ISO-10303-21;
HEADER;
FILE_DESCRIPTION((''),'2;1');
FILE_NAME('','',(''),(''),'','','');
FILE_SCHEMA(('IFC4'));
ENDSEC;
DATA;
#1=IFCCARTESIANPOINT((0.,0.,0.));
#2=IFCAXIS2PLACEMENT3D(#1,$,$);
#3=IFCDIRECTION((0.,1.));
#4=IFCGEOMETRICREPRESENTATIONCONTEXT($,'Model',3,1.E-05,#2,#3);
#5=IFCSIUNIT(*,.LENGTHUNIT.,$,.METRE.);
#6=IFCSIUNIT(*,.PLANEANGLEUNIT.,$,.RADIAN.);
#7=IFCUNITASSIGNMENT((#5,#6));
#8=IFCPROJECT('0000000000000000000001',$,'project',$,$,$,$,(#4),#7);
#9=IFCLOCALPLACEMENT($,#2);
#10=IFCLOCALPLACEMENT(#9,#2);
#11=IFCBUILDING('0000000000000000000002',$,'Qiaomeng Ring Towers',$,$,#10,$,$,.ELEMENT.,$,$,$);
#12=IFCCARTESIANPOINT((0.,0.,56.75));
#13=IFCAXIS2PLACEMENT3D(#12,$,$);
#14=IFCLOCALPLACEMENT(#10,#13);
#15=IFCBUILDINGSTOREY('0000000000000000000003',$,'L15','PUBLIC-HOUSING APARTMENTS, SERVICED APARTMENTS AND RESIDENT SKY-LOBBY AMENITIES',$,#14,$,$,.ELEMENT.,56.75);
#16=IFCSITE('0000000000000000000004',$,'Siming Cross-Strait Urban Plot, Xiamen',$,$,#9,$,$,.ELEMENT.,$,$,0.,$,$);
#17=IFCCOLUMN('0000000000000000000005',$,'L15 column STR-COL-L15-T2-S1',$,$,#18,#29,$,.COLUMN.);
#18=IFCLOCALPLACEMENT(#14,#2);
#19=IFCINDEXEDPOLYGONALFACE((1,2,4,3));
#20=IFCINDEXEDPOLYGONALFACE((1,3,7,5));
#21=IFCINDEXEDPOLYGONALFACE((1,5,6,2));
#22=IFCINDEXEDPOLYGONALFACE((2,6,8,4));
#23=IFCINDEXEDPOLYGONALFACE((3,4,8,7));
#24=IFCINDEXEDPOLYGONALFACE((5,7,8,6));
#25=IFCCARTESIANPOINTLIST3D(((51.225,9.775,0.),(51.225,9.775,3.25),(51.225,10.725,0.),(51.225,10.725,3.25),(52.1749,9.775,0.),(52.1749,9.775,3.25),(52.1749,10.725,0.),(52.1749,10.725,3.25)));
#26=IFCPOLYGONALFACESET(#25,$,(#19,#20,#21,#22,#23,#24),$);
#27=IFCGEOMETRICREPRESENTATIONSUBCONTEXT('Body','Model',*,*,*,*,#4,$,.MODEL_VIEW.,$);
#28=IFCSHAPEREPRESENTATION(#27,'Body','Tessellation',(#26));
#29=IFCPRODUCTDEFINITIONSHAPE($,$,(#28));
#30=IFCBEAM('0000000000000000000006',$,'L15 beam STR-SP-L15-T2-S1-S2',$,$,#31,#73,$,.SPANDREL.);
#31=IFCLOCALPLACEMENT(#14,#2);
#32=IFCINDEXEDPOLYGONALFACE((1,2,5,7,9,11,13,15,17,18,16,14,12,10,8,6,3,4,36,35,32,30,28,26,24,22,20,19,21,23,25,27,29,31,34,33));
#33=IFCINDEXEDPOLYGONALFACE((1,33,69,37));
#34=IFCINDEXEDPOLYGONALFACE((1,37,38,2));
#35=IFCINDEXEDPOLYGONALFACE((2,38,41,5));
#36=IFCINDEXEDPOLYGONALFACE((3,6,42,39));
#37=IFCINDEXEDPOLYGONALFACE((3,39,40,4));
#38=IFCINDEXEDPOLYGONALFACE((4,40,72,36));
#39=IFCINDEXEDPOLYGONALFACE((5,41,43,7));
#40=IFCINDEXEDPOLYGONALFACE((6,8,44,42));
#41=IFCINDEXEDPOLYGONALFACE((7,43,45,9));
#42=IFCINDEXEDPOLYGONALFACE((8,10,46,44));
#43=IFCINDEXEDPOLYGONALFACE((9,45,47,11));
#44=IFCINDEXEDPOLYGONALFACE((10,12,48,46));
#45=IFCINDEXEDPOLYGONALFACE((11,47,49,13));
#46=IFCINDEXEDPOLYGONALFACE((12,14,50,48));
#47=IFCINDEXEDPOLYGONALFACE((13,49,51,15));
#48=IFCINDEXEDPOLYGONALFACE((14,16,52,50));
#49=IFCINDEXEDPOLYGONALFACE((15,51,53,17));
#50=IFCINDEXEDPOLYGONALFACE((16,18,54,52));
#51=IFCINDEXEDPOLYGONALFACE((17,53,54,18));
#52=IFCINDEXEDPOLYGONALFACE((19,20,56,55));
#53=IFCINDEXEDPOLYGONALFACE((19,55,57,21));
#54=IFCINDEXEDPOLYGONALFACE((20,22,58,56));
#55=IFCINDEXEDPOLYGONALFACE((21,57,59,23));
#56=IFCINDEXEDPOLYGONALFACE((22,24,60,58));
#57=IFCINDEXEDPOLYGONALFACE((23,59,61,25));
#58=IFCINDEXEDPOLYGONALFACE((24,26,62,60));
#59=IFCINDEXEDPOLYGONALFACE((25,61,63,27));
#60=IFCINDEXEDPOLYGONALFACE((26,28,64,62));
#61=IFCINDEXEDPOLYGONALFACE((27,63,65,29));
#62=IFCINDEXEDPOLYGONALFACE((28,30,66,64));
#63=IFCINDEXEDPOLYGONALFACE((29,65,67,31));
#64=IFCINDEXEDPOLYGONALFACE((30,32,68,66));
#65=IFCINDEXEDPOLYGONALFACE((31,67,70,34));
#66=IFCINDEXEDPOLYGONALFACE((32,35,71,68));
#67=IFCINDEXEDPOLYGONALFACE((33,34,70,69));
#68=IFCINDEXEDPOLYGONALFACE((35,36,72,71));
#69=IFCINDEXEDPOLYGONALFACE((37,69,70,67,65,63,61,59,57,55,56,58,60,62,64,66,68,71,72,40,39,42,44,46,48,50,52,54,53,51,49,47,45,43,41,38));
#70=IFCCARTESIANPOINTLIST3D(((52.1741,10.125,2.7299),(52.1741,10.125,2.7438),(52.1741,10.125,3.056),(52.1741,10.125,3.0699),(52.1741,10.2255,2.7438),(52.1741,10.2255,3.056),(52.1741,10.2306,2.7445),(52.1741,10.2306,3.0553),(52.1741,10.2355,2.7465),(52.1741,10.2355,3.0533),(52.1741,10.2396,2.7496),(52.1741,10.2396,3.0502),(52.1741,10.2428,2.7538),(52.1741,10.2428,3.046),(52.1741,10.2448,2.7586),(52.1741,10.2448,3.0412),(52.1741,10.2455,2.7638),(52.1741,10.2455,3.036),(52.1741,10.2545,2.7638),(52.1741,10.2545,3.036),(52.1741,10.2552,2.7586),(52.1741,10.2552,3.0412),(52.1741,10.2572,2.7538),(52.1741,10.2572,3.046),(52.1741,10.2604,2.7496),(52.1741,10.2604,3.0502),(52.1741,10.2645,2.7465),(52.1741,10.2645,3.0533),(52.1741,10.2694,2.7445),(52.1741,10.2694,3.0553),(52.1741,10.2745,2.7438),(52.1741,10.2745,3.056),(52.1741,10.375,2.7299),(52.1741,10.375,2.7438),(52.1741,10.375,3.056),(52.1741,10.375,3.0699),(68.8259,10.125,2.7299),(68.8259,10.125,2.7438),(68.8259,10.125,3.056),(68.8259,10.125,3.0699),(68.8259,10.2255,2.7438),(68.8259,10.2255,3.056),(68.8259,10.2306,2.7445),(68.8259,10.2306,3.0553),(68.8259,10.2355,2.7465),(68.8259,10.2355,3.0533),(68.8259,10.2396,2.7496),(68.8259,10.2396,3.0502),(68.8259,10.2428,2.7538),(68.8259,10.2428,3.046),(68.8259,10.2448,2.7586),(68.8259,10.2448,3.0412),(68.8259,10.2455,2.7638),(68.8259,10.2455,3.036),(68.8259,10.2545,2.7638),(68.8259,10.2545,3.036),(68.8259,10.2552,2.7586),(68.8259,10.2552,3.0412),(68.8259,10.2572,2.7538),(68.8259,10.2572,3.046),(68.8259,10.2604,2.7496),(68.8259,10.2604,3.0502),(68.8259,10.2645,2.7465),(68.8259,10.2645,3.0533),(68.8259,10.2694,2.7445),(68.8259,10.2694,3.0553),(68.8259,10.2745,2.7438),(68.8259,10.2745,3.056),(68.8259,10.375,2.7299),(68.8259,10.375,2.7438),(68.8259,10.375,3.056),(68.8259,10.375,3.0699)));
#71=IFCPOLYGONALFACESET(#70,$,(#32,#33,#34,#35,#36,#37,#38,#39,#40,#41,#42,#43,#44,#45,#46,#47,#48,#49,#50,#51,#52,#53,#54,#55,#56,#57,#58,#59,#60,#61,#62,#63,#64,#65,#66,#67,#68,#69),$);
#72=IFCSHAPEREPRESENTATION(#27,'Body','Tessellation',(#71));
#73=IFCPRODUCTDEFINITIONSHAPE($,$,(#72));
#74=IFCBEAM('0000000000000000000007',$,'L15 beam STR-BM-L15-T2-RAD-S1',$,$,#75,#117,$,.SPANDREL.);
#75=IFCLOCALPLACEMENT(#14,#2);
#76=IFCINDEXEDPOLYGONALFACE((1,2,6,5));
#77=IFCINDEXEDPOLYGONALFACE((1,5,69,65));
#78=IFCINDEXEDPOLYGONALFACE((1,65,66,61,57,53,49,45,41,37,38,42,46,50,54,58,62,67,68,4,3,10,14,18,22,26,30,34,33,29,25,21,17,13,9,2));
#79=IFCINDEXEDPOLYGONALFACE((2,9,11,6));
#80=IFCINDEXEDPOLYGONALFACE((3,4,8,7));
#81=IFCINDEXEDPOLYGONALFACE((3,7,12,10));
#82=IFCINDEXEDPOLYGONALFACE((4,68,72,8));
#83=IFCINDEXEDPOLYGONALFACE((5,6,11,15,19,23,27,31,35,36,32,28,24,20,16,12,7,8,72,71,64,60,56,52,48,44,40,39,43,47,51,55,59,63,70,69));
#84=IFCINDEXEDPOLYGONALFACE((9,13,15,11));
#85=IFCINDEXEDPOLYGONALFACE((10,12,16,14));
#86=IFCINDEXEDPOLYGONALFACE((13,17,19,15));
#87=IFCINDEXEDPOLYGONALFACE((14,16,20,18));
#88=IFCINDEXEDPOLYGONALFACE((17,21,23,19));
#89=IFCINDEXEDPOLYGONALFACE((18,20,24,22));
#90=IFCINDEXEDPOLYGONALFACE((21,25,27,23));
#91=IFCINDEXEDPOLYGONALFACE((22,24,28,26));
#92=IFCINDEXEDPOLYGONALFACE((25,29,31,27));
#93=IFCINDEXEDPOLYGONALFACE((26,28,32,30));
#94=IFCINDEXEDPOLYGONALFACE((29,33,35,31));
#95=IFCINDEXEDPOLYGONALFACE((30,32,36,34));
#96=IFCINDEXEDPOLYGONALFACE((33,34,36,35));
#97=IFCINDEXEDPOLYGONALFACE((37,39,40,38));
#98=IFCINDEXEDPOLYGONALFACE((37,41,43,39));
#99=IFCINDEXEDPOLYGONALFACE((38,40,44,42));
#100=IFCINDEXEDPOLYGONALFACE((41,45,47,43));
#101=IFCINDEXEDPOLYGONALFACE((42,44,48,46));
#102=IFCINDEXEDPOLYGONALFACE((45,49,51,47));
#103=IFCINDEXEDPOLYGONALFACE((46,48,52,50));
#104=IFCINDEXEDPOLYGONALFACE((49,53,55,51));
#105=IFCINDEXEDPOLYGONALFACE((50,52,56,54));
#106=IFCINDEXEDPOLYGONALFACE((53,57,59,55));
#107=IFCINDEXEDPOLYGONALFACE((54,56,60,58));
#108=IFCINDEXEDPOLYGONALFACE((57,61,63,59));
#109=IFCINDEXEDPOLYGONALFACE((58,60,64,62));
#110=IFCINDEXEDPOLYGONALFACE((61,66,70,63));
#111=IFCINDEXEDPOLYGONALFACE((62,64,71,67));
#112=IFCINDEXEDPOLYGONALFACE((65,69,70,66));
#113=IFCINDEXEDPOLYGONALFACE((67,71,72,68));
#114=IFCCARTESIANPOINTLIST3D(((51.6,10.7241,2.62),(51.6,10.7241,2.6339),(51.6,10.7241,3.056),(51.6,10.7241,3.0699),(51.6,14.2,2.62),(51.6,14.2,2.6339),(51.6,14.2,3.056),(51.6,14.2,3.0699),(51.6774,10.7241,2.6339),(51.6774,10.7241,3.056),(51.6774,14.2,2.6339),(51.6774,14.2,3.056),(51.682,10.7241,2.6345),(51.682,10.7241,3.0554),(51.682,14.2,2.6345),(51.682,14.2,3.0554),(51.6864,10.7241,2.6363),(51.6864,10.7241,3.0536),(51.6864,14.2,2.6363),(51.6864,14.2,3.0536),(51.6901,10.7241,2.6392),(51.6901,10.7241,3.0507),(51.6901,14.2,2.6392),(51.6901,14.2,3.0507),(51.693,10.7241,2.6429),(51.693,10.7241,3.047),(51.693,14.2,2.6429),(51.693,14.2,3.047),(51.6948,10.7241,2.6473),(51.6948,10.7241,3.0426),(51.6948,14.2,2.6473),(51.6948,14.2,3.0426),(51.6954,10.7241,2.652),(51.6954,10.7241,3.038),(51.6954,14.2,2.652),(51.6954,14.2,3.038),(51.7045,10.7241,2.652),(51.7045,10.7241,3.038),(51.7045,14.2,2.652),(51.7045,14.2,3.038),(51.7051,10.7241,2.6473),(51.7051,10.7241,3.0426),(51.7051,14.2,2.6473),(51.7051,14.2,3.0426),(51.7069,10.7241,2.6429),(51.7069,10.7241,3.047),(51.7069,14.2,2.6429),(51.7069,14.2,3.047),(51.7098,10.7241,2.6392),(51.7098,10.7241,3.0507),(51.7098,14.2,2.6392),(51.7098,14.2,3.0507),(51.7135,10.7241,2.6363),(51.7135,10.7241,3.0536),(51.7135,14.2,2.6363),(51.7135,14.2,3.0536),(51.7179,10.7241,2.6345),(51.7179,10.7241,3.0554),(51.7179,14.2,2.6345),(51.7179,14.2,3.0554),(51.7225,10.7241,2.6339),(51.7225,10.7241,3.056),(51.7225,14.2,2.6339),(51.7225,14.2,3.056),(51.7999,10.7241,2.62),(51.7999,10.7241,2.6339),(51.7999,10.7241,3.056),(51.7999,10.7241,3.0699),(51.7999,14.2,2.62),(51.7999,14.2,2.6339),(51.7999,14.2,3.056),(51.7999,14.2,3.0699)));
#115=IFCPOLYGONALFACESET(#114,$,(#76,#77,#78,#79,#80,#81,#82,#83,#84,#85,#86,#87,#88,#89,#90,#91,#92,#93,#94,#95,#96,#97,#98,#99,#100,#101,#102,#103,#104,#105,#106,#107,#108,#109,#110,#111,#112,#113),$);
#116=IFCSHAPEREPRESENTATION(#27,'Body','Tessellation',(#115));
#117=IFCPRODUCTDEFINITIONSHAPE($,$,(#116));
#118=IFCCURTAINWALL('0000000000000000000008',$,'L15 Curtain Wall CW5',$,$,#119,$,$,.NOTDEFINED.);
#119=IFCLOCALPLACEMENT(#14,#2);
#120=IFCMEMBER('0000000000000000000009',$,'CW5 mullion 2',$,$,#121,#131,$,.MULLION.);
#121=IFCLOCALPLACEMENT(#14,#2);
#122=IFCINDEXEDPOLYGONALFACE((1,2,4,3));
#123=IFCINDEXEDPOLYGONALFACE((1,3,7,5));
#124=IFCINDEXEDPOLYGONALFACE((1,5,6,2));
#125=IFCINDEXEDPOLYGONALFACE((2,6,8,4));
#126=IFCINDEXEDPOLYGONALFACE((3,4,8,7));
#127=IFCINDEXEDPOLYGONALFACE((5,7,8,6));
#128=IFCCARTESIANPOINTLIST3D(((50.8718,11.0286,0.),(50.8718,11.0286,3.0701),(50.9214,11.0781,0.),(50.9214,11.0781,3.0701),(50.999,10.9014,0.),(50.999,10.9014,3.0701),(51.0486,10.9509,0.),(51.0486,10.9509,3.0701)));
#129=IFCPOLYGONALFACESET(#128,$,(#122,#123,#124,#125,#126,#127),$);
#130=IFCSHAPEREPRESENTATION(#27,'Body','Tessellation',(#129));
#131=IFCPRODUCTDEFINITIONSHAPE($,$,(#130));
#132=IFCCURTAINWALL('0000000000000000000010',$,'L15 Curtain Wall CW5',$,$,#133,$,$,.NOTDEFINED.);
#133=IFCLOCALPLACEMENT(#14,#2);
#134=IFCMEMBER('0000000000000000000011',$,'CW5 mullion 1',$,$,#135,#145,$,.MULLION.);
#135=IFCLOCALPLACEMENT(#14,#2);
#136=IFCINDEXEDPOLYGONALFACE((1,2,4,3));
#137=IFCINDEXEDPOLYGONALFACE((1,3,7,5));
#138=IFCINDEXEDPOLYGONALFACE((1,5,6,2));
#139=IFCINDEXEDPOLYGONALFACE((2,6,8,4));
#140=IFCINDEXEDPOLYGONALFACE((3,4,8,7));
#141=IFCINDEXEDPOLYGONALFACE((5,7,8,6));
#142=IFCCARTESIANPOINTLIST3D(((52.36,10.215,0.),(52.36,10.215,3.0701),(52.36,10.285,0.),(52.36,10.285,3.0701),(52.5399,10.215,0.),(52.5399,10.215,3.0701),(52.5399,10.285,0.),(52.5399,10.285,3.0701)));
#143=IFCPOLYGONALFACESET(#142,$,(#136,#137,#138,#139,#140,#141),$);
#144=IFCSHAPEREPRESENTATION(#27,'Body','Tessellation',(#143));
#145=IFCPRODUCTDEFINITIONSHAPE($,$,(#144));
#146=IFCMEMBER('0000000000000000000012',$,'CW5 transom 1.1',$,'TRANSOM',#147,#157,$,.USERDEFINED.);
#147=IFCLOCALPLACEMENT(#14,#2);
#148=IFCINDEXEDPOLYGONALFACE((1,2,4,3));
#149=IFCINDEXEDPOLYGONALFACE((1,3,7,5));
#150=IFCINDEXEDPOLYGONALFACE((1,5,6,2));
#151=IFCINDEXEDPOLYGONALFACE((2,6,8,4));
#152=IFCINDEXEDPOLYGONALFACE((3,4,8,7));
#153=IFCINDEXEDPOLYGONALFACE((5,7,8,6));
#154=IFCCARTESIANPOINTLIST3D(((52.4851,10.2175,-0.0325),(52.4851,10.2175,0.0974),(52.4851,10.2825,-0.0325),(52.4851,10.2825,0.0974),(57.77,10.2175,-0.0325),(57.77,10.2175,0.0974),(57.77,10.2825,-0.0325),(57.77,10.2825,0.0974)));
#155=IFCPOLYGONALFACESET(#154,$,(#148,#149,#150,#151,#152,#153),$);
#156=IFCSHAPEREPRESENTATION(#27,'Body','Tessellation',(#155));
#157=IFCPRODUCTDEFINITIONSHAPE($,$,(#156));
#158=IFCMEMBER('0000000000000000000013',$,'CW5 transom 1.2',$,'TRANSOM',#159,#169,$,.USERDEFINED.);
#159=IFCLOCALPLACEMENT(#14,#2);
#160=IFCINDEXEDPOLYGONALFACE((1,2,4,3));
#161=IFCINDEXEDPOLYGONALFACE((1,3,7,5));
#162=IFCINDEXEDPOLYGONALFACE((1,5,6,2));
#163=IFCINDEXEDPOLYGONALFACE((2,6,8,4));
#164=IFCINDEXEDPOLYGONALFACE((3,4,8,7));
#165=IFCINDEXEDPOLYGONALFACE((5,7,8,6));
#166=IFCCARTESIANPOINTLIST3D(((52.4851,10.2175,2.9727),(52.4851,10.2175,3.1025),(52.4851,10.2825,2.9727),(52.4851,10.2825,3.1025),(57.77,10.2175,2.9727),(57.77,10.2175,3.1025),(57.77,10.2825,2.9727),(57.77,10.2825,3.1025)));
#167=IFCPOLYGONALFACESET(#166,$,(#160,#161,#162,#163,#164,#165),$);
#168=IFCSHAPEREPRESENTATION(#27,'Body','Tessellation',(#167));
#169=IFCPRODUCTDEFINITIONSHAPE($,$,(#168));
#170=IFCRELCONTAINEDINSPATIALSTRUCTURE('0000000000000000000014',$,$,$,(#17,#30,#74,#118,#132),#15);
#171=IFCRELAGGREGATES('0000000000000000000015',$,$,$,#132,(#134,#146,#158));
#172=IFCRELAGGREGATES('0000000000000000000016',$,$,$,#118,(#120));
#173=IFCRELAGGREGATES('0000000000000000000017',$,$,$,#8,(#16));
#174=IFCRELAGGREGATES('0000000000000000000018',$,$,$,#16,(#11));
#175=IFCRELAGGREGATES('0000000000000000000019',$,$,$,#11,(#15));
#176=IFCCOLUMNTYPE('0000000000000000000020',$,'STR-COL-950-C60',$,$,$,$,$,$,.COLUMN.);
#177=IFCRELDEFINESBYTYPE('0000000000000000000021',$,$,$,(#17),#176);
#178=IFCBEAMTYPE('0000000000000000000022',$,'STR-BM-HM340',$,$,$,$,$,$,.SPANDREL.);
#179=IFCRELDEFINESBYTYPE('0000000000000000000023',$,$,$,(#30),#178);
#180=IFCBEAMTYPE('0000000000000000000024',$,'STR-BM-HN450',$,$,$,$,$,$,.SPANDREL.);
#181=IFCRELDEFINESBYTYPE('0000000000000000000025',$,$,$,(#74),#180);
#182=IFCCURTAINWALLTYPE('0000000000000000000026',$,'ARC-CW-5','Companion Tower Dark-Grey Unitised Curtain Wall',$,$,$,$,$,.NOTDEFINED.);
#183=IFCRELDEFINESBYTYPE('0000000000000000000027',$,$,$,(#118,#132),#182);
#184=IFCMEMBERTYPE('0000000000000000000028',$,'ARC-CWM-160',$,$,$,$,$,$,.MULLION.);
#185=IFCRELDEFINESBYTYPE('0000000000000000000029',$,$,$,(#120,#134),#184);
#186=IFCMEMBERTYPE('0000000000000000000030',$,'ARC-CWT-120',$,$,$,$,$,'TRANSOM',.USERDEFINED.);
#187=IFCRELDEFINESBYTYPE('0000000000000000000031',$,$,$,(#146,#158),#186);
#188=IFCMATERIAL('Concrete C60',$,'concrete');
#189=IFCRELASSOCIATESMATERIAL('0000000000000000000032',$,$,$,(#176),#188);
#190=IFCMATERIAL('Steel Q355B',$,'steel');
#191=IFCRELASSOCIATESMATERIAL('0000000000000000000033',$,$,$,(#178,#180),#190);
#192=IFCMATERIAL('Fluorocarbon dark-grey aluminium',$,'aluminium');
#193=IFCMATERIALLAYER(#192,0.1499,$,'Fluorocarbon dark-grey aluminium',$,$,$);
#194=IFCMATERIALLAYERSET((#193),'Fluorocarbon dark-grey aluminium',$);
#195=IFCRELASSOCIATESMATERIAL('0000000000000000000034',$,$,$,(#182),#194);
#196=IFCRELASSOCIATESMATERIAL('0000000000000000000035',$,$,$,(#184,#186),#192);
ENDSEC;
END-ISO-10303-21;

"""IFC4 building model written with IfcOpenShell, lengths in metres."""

from ifc_helpers import new_model, si_unit, direction, frame, origin, origin_2d, place, context, subcontext, project, spatial, rectangle, i_section, extrude, source, transform, mapped, material, layer, layer_set, material_profile, profile_set, type_object, element, aggregate, save


model = new_model("IFC4")

# Units and contexts
model_context = context("Model", 3, precision=1e-05, world=origin(), true_north=direction((0.0, 1.0)))
body_context = subcontext(model_context, "Body", "Model", "MODEL_VIEW")
ifc_project = project(units=[si_unit("LENGTHUNIT", "METRE"), si_unit("PLANEANGLEUNIT", "RADIAN")], contexts=[model_context])

# Site, building, storey
site_placement = place(None, origin())
site = spatial("IfcSite", under=ifc_project, at=site_placement, Name="Siming Cross-Strait Urban Plot, Xiamen", CompositionType="ELEMENT", RefElevation=0.0)
building_placement = place(site_placement, origin())
building = spatial("IfcBuilding", under=site, at=building_placement, Name="Qiaomeng Ring Towers", CompositionType="ELEMENT")
storey_placement = place(building_placement, frame((0.0, 0.0, 56.75)))
storey = spatial("IfcBuildingStorey", under=building, at=storey_placement, Name="L15", Description="PUBLIC-HOUSING APARTMENTS, SERVICED APARTMENTS AND RESIDENT SKY-LOBBY AMENITIES", CompositionType="ELEMENT", Elevation=56.75)

# Column
ifc_material_1 = material(Name="Concrete C60", Category="concrete")
ifc_material_profile_1 = material_profile(ifc_material_1, rectangle(XDim=0.95, YDim=0.95, at=origin_2d()), Name="RC COL 950x950")
ifc_profile_set_1 = profile_set([ifc_material_profile_1], Name="Concrete C60")
column_type = type_object("IfcColumnType", Name="STR-COL-950-C60", PredefinedType="COLUMN", material=ifc_profile_set_1)
shared_shape_1 = source(origin(), body_context, "Body", "SweptSolid", [
    extrude(rectangle(XDim=0.95, YDim=0.95, at=origin_2d()), origin(), (0.0, 0.0, 1.0), 3.25),
])
column_placement = place(storey_placement, frame((51.7, 10.25, 0.0), z_axis=(0.0, 0.0, 1.0), x_axis=(1.0, 0.0, 0.0)))
element("IfcColumn", 1, at=column_placement, inside=storey, type_object=column_type, Name="L15 column STR-COL-L15-T2-S1", PredefinedType="COLUMN", context=body_context, shape_type="MappedRepresentation", body=[
    mapped(shared_shape_1, transform((0.0, 0.0, 0.0), x_axis=(1.0, 0.0, 0.0), y_axis=(0.0, 1.0, 0.0), z_axis=(0.0, 0.0, 1.0), scale=1.0)),
])

# Beams
ifc_material_2 = material(Name="Steel Q355B", Category="steel")
ifc_material_profile_2 = material_profile(ifc_material_2, i_section(OverallWidth=0.25, OverallDepth=0.3401, WebThickness=0.009, FlangeThickness=0.0139, FilletRadius=0.02, at=origin_2d()), Name="HM 340x250x9x14")
ifc_profile_set_2 = profile_set([ifc_material_profile_2], Name="Steel Q355B")
beam_type_1 = type_object("IfcBeamType", Name="STR-BM-HM340", PredefinedType="SPANDREL", material=ifc_profile_set_2)
shared_shape_2 = source(origin(), body_context, "Body", "SweptSolid", [
    extrude(i_section(OverallWidth=0.25, OverallDepth=0.3401, WebThickness=0.009, FlangeThickness=0.0139, FilletRadius=0.02, at=origin_2d()), origin(), (0.0, 0.0, 1.0), 16.6519),
])
beam_1_placement = place(storey_placement, frame((52.1741, 10.25, 2.8999), z_axis=(1.0, 0.0, 0.0), x_axis=(0.0, 1.0, 0.0)))
element("IfcBeam", 2, at=beam_1_placement, inside=storey, type_object=beam_type_1, Name="L15 beam STR-SP-L15-T2-S1-S2", PredefinedType="SPANDREL", context=body_context, shape_type="MappedRepresentation", body=[
    mapped(shared_shape_2, transform((0.0, 0.0, 0.0), x_axis=(1.0, 0.0, 0.0), y_axis=(0.0, 1.0, 0.0), z_axis=(0.0, 0.0, 1.0), scale=1.0)),
])
ifc_material_profile_3 = material_profile(ifc_material_2, i_section(OverallWidth=0.2, OverallDepth=0.45, WebThickness=0.009, FlangeThickness=0.0139, FilletRadius=0.0181, at=origin_2d()), Name="HN 450x200x9x14")
ifc_profile_set_3 = profile_set([ifc_material_profile_3], Name="Steel Q355B")
beam_type_2 = type_object("IfcBeamType", Name="STR-BM-HN450", PredefinedType="SPANDREL", material=ifc_profile_set_3)
shared_shape_3 = source(origin(), body_context, "Body", "SweptSolid", [
    extrude(i_section(OverallWidth=0.2, OverallDepth=0.45, WebThickness=0.009, FlangeThickness=0.0139, FilletRadius=0.0181, at=origin_2d()), origin(), (0.0, 0.0, 1.0), 3.4758),
])
beam_2_placement = place(storey_placement, frame((51.7, 10.7241, 2.845), z_axis=(0.0, 1.0, 0.0), x_axis=(-1.0, 0.0, 0.0)))
element("IfcBeam", 3, at=beam_2_placement, inside=storey, type_object=beam_type_2, Name="L15 beam STR-BM-L15-T2-RAD-S1", PredefinedType="SPANDREL", context=body_context, shape_type="MappedRepresentation", body=[
    mapped(shared_shape_3, transform((0.0, 0.0, 0.0), x_axis=(1.0, 0.0, 0.0), y_axis=(0.0, 1.0, 0.0), z_axis=(0.0, 0.0, 1.0), scale=1.0)),
])

# Curtain wall, member
ifc_material_3 = material(Name="Fluorocarbon dark-grey aluminium", Category="aluminium")
ifc_layer_1 = layer(ifc_material_3, 0.1499, Name="Fluorocarbon dark-grey aluminium")
ifc_layer_set_1 = layer_set([ifc_layer_1], Name="Fluorocarbon dark-grey aluminium")
curtain_wall_type = type_object("IfcCurtainWallType", Name="ARC-CW-5", Description="Companion Tower Dark-Grey Unitised Curtain Wall", PredefinedType="NOTDEFINED", material=ifc_layer_set_1)
curtain_wall_1_placement = place(storey_placement, origin())
curtain_wall_1 = element("IfcCurtainWall", 4, at=curtain_wall_1_placement, inside=storey, type_object=curtain_wall_type, Name="L15 Curtain Wall CW5", PredefinedType="NOTDEFINED")
ifc_material_profile_4 = material_profile(ifc_material_3, rectangle(XDim=0.0701, YDim=0.1799, at=origin_2d()), Name="ALU MULL 70x180")
ifc_profile_set_4 = profile_set([ifc_material_profile_4], Name="Fluorocarbon dark-grey aluminium")
member_type_1 = type_object("IfcMemberType", Name="ARC-CWM-160", PredefinedType="MULLION", material=ifc_profile_set_4)
shared_shape_4 = source(origin(), body_context, "Body", "SweptSolid", [
    extrude(rectangle(XDim=0.0701, YDim=0.1799, at=origin_2d()), origin(), (0.0, 0.0, 1.0), 3.0701),
])
member_1_placement = place(storey_placement, frame((50.9602, 10.9897, 0.0), z_axis=(0.0, 0.0, 1.0), x_axis=(0.707107, 0.707107, 0.0)))
member_1 = element("IfcMember", 5, at=member_1_placement, type_object=member_type_1, Name="CW5 mullion 2", PredefinedType="MULLION", context=body_context, shape_type="MappedRepresentation", body=[
    mapped(shared_shape_4, transform((0.0, 0.0, 0.0), x_axis=(1.0, 0.0, 0.0), y_axis=(0.0, 1.0, 0.0), z_axis=(0.0, 0.0, 1.0), scale=1.0)),
])

# Curtain wall, members
curtain_wall_2_placement = place(storey_placement, origin())
curtain_wall_2 = element("IfcCurtainWall", 6, at=curtain_wall_2_placement, inside=storey, type_object=curtain_wall_type, Name="L15 Curtain Wall CW5", PredefinedType="NOTDEFINED")
member_2_placement = place(storey_placement, frame((52.45, 10.25, 0.0), z_axis=(0.0, 0.0, 1.0), x_axis=(0.0, 1.0, 0.0)))
member_2 = element("IfcMember", 7, at=member_2_placement, type_object=member_type_1, Name="CW5 mullion 1", PredefinedType="MULLION", context=body_context, shape_type="MappedRepresentation", body=[
    mapped(shared_shape_4, transform((0.0, 0.0, 0.0), x_axis=(1.0, 0.0, 0.0), y_axis=(0.0, 1.0, 0.0), z_axis=(0.0, 0.0, 1.0), scale=1.0)),
])
ifc_material_profile_5 = material_profile(ifc_material_3, rectangle(XDim=0.0649, YDim=0.1299, at=origin_2d()), Name="ALU TRAN 65x130")
ifc_profile_set_5 = profile_set([ifc_material_profile_5], Name="Fluorocarbon dark-grey aluminium")
member_type_2 = type_object("IfcMemberType", Name="ARC-CWT-120", ElementType="TRANSOM", PredefinedType="USERDEFINED", material=ifc_profile_set_5)
shared_shape_5 = source(origin(), body_context, "Body", "SweptSolid", [
    extrude(rectangle(XDim=0.0649, YDim=0.1299, at=origin_2d()), origin(), (0.0, 0.0, 1.0), 5.2849),
])
member_3_placement = place(storey_placement, frame((52.4851, 10.25, 0.0325), z_axis=(1.0, 0.0, 0.0), x_axis=(0.0, 1.0, 0.0)))
member_3 = element("IfcMember", 8, at=member_3_placement, type_object=member_type_2, Name="CW5 transom 1.1", ObjectType="TRANSOM", PredefinedType="USERDEFINED", context=body_context, shape_type="MappedRepresentation", body=[
    mapped(shared_shape_5, transform((0.0, 0.0, 0.0), x_axis=(1.0, 0.0, 0.0), y_axis=(0.0, 1.0, 0.0), z_axis=(0.0, 0.0, 1.0), scale=1.0)),
])
member_4_placement = place(storey_placement, frame((52.4851, 10.25, 3.0376), z_axis=(1.0, 0.0, 0.0), x_axis=(0.0, 1.0, 0.0)))
member_4 = element("IfcMember", 9, at=member_4_placement, type_object=member_type_2, Name="CW5 transom 1.2", ObjectType="TRANSOM", PredefinedType="USERDEFINED", context=body_context, shape_type="MappedRepresentation", body=[
    mapped(shared_shape_5, transform((0.0, 0.0, 0.0), x_axis=(1.0, 0.0, 0.0), y_axis=(0.0, 1.0, 0.0), z_axis=(0.0, 0.0, 1.0), scale=1.0)),
])
aggregate(curtain_wall_2, [member_2, member_3, member_4])

aggregate(curtain_wall_1, [member_1])

save(model, "model.ifc")
